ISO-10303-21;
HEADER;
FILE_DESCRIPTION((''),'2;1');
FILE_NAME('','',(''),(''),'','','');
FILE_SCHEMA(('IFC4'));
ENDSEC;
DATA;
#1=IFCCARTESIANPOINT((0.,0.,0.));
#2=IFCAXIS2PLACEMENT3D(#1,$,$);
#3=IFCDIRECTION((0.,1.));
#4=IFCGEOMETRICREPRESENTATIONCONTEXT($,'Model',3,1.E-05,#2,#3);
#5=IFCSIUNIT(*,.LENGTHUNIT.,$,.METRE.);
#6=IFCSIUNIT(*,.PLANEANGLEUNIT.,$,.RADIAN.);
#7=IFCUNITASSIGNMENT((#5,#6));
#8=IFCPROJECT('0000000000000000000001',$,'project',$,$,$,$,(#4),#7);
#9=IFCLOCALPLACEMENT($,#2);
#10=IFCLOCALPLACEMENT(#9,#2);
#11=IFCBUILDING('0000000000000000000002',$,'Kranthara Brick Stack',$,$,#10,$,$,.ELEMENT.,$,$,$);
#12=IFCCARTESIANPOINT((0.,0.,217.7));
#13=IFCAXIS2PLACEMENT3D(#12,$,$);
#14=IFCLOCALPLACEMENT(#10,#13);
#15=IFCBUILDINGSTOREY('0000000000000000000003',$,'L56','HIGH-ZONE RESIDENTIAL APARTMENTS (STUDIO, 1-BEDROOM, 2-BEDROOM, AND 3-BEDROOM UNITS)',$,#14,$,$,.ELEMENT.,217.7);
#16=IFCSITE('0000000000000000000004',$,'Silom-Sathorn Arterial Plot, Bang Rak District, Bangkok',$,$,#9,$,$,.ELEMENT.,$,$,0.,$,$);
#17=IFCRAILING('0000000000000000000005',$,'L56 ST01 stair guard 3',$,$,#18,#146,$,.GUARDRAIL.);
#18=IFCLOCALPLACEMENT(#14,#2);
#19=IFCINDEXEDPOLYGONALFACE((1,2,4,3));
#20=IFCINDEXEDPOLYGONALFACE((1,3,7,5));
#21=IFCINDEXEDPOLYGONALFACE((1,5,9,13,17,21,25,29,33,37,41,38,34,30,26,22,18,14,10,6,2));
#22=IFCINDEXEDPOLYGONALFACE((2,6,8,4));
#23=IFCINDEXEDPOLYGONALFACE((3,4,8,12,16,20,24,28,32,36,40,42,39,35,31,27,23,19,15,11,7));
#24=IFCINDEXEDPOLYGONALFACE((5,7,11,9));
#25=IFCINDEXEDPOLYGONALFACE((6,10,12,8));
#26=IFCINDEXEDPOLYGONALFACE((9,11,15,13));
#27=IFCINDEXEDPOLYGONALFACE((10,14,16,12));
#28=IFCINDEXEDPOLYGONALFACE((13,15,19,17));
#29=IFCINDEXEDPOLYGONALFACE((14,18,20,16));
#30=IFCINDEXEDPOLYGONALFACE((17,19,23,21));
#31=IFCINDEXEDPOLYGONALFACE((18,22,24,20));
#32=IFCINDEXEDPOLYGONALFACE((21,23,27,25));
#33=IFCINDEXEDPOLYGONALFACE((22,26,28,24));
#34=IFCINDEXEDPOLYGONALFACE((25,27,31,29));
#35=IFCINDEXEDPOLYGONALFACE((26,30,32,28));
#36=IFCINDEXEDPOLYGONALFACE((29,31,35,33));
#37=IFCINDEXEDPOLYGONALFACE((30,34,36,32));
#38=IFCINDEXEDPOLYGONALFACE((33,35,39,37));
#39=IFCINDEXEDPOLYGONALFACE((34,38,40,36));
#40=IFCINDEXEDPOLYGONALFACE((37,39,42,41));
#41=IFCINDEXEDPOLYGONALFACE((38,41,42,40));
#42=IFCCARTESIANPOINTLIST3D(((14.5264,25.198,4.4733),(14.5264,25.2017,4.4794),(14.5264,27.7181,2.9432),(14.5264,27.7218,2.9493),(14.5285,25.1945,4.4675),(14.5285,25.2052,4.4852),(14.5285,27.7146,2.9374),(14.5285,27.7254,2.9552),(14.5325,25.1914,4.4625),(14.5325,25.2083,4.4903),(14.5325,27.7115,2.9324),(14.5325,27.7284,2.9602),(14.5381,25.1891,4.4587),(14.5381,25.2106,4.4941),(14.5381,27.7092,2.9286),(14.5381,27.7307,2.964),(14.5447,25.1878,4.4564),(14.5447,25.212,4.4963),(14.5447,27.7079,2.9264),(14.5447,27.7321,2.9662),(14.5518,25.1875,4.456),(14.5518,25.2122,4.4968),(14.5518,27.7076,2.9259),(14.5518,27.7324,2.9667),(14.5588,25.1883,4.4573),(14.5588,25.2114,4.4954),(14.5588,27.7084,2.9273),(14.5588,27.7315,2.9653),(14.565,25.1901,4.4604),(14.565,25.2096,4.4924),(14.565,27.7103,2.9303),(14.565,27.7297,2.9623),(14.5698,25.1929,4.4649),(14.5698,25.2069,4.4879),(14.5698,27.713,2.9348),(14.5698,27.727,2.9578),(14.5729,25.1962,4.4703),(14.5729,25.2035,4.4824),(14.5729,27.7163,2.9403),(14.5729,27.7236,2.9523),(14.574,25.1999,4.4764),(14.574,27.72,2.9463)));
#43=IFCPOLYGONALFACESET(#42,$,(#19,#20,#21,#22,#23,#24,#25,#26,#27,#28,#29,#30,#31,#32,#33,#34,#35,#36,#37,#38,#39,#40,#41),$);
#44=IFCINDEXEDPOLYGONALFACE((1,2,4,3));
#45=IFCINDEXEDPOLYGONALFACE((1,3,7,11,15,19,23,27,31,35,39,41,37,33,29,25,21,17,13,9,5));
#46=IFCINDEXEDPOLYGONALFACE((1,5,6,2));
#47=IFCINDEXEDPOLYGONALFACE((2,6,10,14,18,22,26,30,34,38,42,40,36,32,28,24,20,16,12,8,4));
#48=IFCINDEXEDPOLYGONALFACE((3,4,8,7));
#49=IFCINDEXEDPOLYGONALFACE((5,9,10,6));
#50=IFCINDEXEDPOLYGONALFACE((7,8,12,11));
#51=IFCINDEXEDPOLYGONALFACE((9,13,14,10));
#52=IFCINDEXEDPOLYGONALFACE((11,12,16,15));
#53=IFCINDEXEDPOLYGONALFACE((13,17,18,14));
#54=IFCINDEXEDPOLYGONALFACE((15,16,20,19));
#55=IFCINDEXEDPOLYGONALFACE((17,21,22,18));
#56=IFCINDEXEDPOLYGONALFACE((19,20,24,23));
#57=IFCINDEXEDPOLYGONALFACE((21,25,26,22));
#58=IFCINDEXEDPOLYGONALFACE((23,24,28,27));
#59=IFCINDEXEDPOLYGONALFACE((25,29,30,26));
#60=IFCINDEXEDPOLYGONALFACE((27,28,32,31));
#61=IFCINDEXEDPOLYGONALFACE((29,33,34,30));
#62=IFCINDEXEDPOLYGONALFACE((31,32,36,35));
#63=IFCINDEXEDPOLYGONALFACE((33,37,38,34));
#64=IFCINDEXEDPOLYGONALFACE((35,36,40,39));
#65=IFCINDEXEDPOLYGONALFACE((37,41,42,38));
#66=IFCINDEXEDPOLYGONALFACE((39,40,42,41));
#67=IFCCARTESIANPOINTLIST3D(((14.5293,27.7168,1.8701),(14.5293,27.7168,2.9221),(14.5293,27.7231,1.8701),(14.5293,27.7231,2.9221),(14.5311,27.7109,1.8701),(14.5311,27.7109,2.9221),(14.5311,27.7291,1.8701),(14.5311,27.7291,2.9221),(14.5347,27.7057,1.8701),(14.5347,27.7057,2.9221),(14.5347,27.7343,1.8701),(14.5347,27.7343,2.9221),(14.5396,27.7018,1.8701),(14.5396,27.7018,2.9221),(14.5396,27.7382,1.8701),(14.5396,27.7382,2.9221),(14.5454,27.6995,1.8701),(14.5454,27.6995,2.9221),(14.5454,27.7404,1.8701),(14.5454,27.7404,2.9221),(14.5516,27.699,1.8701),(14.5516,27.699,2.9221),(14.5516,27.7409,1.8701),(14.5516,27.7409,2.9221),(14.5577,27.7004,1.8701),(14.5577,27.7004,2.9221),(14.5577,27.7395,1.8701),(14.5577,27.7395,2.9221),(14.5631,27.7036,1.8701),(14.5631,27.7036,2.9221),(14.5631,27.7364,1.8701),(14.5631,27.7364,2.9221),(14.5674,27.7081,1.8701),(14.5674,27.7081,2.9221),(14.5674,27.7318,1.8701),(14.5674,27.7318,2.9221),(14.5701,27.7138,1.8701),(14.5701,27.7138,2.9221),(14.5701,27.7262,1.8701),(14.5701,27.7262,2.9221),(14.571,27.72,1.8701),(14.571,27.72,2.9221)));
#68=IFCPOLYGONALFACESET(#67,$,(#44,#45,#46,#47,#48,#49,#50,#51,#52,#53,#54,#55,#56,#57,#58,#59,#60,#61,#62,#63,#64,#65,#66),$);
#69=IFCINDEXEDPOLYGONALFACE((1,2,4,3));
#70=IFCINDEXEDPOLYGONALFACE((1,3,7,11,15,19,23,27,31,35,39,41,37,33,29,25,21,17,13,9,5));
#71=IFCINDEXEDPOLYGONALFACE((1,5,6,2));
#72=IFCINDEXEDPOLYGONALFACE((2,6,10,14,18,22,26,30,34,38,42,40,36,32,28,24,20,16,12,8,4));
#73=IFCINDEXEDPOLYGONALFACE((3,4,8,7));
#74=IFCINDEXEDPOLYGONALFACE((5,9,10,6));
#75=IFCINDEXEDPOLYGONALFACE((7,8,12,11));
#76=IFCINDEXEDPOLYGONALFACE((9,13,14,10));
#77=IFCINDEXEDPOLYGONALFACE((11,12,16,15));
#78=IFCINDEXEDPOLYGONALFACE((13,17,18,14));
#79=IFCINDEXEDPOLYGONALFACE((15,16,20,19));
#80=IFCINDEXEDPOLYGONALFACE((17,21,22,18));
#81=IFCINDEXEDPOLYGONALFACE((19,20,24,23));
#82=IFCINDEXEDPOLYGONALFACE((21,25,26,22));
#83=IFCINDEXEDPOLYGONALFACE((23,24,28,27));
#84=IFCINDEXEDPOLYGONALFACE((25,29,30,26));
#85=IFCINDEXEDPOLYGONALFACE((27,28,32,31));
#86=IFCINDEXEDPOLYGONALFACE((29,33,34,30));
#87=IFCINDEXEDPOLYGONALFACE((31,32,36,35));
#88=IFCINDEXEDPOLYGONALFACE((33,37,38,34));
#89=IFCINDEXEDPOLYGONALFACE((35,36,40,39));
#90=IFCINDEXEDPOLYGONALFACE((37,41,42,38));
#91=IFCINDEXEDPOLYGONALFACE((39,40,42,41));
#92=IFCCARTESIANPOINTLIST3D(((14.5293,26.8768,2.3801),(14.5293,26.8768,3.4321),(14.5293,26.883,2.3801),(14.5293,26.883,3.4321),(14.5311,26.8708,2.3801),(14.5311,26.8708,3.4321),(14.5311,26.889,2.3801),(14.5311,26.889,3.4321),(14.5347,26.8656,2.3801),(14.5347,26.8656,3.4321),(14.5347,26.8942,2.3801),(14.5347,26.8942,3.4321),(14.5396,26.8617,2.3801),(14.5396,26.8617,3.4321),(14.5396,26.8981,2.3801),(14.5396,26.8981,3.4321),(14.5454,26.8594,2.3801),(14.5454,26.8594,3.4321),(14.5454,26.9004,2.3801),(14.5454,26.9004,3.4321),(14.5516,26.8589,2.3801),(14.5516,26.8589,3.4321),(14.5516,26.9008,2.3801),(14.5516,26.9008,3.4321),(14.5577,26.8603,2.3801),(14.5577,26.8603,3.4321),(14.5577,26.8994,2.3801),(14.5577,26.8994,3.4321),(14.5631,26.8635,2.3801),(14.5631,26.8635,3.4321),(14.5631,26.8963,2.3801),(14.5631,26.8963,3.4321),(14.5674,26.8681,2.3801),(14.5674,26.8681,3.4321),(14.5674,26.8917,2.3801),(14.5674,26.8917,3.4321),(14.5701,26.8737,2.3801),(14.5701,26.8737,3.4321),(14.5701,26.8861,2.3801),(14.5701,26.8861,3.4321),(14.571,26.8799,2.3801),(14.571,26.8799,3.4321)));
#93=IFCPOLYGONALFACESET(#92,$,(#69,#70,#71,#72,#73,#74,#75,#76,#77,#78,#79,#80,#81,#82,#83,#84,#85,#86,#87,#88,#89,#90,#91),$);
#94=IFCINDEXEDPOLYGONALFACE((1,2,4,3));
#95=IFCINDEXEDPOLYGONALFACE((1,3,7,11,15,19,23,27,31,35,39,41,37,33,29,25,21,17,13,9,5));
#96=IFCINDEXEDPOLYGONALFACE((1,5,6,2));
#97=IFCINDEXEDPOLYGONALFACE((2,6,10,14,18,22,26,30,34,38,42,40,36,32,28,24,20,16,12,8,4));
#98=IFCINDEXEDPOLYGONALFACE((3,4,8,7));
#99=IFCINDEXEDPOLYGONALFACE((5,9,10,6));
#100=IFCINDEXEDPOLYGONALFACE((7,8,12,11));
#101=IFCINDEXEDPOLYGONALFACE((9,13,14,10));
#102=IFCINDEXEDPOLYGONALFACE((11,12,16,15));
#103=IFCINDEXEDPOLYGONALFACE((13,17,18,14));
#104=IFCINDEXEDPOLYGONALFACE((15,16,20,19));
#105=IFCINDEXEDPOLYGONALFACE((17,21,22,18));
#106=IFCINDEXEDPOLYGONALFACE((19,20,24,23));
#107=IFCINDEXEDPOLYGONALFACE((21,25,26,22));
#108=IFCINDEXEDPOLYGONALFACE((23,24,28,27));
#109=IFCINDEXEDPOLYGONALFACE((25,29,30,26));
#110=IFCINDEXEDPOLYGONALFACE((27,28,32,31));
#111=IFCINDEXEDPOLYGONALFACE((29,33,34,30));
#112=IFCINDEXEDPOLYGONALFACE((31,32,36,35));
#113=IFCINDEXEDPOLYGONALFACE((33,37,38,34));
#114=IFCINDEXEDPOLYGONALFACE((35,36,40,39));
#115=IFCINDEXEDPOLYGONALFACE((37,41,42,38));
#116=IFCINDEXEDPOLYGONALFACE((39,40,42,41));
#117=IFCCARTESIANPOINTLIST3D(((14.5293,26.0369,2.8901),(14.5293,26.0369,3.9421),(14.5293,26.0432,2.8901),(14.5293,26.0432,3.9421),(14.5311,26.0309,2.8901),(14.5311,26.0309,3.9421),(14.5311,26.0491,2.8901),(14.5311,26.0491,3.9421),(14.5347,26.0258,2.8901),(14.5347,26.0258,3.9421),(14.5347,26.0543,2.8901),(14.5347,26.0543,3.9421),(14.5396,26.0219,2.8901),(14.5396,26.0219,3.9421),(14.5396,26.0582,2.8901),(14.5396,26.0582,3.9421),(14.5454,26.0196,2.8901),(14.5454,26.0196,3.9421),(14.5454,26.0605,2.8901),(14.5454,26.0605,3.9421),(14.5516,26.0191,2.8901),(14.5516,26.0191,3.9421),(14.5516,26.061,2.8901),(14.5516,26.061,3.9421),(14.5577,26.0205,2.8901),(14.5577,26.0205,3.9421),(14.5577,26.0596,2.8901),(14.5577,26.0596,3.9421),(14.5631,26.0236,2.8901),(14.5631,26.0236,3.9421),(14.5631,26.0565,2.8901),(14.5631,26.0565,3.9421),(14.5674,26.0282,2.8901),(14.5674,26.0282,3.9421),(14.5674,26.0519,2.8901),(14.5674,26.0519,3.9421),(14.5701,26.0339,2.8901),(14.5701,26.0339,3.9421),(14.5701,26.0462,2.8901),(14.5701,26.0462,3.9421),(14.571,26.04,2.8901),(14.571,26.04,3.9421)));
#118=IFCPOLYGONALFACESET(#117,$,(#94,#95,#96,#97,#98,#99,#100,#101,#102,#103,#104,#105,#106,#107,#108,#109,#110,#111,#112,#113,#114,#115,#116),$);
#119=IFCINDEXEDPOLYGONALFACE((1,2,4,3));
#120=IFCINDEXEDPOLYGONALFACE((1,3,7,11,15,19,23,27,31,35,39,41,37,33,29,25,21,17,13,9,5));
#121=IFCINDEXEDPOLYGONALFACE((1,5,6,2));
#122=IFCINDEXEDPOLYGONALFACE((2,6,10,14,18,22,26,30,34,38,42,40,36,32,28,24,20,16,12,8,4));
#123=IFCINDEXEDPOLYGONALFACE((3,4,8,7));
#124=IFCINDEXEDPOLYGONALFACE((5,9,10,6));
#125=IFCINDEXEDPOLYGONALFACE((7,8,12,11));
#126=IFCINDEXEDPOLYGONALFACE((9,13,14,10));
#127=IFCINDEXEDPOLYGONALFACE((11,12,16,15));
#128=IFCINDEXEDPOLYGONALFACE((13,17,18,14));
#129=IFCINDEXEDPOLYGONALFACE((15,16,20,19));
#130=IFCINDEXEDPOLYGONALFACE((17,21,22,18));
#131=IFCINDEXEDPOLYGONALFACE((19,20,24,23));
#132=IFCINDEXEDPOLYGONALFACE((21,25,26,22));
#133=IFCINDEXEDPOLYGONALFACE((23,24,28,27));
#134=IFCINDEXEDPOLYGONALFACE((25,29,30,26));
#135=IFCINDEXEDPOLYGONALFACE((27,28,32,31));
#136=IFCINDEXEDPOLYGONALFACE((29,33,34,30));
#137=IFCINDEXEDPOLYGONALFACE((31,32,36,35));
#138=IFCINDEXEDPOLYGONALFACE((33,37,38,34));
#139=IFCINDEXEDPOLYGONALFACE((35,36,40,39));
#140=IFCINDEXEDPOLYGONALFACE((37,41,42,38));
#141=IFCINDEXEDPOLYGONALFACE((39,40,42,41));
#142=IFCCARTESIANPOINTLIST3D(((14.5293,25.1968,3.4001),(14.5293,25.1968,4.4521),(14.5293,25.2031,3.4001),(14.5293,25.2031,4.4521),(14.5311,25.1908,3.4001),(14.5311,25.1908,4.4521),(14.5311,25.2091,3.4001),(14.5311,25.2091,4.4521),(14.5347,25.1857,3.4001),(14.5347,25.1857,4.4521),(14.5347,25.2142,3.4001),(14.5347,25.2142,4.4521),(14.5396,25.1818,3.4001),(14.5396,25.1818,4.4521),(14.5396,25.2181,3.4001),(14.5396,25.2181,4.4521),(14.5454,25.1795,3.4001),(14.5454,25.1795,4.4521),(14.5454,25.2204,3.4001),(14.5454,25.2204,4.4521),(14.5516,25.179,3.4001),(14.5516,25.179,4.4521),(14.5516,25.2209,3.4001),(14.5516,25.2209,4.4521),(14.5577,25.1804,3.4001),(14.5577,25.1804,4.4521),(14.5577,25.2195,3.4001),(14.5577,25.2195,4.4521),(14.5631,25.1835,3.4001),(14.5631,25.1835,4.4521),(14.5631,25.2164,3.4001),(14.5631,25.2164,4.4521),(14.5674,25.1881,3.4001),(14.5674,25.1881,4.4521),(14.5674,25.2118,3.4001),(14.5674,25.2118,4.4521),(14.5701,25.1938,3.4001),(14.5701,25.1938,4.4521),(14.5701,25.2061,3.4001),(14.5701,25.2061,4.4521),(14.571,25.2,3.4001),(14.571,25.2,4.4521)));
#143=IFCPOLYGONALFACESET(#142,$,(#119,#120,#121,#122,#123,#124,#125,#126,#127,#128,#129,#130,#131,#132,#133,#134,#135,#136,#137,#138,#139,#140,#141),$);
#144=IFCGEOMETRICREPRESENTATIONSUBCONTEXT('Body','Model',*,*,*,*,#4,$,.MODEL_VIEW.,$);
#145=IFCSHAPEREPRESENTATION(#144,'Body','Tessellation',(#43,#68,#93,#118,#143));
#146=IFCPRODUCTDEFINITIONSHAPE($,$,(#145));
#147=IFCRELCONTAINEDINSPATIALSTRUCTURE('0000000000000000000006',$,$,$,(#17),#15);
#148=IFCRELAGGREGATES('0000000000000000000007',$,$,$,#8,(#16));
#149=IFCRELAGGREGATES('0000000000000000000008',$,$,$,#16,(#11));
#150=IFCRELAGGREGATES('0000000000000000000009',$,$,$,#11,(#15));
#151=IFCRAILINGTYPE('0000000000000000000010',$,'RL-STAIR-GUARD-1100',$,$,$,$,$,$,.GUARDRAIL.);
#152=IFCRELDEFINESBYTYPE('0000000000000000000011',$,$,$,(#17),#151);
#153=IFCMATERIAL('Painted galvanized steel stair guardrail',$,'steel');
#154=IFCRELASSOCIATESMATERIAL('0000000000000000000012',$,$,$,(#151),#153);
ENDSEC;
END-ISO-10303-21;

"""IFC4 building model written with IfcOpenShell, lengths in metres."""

from ifc_helpers import new_model, si_unit, direction, frame, origin, origin_2d, place, context, subcontext, project, spatial, circle, extrude, material, type_object, element, save


model = new_model("IFC4")

# Units and contexts
model_context = context("Model", 3, precision=1e-05, world=origin(), true_north=direction((0.0, 1.0)))
body_context = subcontext(model_context, "Body", "Model", "MODEL_VIEW")
ifc_project = project(units=[si_unit("LENGTHUNIT", "METRE"), si_unit("PLANEANGLEUNIT", "RADIAN")], contexts=[model_context])

# Site, building, storey
site_placement = place(None, origin())
site = spatial("IfcSite", under=ifc_project, at=site_placement, Name="Silom-Sathorn Arterial Plot, Bang Rak District, Bangkok", CompositionType="ELEMENT", RefElevation=0.0)
building_placement = place(site_placement, origin())
building = spatial("IfcBuilding", under=site, at=building_placement, Name="Kranthara Brick Stack", CompositionType="ELEMENT")
storey_placement = place(building_placement, frame((0.0, 0.0, 217.7)))
storey = spatial("IfcBuildingStorey", under=building, at=storey_placement, Name="L56", Description="HIGH-ZONE RESIDENTIAL APARTMENTS (STUDIO, 1-BEDROOM, 2-BEDROOM, AND 3-BEDROOM UNITS)", CompositionType="ELEMENT", Elevation=217.7)

# Railing
ifc_material_1 = material(Name="Painted galvanized steel stair guardrail", Category="steel")
railing_type_1 = type_object("IfcRailingType", Name="RL-STAIR-GUARD-1100", PredefinedType="GUARDRAIL", material=ifc_material_1)
railing_1_placement = place(storey_placement, frame((14.55, 27.72, 1.8701)))
element("IfcRailing", 1, at=railing_1_placement, inside=storey, type_object=railing_type_1, Name="L56 ST01 stair guard 3", PredefinedType="GUARDRAIL", context=body_context, shape_type="SweptSolid", body=[
    extrude(circle(Radius=0.0239, at=origin_2d()), frame((0.0, 0.0, 1.0762), z_axis=(0.0, -0.854785, 0.518982), x_axis=(1.0, 0.0, 0.0)), (0.0, 0.0, 1.0), 2.9482),
    extrude(circle(Radius=0.021, at=origin_2d()), origin(), (0.0, 0.0, 1.0), 1.052),
    extrude(circle(Radius=0.021, at=origin_2d()), frame((0.0, -0.8401, 0.51)), (0.0, 0.0, 1.0), 1.052),
    extrude(circle(Radius=0.021, at=origin_2d()), frame((0.0, -1.6799, 1.02)), (0.0, 0.0, 1.0), 1.052),
    extrude(circle(Radius=0.021, at=origin_2d()), frame((0.0, -2.52, 1.53)), (0.0, 0.0, 1.0), 1.052),
])

save(model, "model.ifc")
